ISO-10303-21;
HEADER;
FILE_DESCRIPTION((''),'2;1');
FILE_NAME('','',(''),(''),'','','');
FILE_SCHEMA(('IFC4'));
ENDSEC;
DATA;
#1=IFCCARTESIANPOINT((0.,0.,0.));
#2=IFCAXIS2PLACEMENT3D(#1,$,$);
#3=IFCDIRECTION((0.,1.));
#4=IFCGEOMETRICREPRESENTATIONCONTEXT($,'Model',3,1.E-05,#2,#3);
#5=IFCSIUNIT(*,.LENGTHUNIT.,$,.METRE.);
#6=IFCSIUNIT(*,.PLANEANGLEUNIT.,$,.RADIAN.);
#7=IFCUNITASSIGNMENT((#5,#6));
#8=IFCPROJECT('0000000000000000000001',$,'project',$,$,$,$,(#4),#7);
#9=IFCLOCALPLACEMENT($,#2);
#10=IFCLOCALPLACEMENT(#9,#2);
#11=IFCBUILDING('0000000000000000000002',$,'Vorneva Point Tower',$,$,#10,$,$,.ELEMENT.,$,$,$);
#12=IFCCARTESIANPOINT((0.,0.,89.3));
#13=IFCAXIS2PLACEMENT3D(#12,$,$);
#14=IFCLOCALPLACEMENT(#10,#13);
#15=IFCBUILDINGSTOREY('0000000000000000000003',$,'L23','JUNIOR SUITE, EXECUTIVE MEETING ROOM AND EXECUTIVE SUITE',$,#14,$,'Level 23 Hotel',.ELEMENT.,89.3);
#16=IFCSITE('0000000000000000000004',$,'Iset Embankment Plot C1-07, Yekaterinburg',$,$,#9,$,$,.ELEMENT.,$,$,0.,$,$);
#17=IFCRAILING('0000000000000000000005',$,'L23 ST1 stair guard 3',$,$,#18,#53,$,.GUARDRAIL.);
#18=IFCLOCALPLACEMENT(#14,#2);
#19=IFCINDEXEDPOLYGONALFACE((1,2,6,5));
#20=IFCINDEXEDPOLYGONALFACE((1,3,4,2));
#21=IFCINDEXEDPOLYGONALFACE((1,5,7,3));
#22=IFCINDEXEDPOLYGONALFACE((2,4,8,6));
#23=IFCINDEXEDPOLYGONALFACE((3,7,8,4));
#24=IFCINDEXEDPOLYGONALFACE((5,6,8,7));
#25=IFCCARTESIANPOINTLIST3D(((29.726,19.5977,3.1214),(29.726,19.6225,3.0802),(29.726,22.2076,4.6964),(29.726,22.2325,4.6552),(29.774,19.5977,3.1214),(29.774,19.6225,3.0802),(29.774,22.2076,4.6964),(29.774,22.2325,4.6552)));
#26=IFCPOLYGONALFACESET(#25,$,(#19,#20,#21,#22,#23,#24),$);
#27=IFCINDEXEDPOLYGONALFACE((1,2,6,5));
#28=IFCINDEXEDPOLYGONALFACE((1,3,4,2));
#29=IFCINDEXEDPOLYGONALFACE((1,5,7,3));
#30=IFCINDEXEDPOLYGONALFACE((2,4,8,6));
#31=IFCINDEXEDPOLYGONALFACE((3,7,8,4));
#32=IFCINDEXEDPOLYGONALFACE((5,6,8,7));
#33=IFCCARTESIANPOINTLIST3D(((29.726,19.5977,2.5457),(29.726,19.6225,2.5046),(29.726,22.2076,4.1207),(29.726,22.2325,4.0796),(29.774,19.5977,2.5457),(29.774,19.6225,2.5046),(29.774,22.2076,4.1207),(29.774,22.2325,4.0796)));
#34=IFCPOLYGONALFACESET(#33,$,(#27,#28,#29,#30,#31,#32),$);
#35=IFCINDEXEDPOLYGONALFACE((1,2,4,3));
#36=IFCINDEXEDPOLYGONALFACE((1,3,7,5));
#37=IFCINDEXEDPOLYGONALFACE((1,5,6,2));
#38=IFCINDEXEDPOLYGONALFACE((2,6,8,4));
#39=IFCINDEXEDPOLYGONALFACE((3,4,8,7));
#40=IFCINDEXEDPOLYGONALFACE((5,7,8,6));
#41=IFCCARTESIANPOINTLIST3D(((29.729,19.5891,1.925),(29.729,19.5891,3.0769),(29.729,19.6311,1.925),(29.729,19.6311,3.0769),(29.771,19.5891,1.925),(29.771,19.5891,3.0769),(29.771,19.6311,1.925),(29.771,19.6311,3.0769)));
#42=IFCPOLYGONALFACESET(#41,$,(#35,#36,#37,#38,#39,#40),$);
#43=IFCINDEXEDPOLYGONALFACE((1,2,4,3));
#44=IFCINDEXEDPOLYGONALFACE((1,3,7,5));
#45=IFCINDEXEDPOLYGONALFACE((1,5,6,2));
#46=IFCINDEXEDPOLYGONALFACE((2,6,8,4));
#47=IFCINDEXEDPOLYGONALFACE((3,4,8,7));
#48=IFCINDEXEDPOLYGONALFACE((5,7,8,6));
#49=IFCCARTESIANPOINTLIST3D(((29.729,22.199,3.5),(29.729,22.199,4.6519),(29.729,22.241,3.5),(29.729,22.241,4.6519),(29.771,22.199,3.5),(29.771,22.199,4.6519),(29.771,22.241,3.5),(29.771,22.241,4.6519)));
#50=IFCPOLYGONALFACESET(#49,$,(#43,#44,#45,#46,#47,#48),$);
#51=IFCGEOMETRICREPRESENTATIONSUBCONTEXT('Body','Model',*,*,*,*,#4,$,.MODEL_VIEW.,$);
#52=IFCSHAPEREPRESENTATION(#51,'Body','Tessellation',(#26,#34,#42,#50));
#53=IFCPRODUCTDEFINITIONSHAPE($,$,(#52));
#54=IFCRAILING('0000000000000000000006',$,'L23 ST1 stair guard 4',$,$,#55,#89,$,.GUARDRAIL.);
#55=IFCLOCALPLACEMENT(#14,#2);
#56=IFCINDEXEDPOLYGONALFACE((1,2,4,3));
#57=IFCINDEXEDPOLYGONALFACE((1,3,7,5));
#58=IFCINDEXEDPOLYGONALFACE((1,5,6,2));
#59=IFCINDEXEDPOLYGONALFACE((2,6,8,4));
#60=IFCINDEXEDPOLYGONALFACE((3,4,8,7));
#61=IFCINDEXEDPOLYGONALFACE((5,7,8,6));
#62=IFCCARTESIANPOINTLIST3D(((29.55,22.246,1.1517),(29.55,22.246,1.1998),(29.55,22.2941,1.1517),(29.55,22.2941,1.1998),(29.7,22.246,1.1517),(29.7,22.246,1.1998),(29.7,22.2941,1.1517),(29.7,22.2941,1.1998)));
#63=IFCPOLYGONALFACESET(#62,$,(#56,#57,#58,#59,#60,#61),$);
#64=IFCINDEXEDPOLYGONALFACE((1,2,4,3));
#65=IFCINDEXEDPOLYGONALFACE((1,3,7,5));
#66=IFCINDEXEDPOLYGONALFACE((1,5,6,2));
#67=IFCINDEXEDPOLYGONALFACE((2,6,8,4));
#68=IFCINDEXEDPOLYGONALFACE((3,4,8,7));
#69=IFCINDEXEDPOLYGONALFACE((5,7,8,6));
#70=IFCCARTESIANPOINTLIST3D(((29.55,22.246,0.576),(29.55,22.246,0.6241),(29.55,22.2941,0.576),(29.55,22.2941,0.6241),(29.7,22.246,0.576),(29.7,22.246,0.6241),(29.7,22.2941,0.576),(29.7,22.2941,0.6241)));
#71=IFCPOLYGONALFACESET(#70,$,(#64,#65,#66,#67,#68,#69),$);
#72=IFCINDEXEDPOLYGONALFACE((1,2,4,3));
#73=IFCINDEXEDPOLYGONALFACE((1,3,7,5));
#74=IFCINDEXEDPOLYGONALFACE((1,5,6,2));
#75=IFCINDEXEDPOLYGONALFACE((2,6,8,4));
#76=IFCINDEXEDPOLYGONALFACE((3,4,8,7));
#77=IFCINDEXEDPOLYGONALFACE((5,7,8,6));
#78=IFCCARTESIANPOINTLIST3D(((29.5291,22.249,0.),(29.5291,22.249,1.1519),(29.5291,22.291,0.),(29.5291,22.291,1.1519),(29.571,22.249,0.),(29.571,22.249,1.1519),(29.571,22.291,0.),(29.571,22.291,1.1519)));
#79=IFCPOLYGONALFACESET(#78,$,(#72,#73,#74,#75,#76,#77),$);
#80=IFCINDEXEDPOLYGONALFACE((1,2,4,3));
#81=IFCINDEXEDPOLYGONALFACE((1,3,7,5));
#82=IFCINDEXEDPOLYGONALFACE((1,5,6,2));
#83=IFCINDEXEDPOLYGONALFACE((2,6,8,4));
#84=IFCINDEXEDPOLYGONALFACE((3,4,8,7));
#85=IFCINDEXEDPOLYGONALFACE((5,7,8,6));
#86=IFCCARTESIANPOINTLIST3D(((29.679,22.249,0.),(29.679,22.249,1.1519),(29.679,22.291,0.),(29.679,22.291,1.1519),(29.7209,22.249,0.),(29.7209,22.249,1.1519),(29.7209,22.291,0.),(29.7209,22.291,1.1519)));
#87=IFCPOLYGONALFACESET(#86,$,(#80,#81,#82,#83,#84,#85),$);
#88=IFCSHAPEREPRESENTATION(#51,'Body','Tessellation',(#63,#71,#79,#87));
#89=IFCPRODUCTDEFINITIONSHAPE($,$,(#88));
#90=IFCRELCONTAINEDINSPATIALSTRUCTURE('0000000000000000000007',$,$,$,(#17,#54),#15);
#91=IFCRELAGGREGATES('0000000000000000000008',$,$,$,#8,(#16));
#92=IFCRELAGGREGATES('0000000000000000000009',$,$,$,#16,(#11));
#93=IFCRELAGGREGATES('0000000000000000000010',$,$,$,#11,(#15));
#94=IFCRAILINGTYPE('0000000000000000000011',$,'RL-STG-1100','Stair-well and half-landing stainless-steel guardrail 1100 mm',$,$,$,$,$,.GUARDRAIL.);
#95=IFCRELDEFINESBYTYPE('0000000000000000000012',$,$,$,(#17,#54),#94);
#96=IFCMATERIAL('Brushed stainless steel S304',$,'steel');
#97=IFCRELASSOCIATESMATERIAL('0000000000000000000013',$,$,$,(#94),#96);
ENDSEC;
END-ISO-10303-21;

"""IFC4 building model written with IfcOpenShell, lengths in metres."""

from ifc_helpers import new_model, si_unit, direction, frame, origin, origin_2d, place, context, subcontext, project, spatial, rectangle, extrude, material, type_object, element, save


model = new_model("IFC4")

# Units and contexts
model_context = context("Model", 3, precision=1e-05, world=origin(), true_north=direction((0.0, 1.0)))
body_context = subcontext(model_context, "Body", "Model", "MODEL_VIEW")
ifc_project = project(units=[si_unit("LENGTHUNIT", "METRE"), si_unit("PLANEANGLEUNIT", "RADIAN")], contexts=[model_context])

# Site, building, storey
site_placement = place(None, origin())
site = spatial("IfcSite", under=ifc_project, at=site_placement, Name="Iset Embankment Plot C1-07, Yekaterinburg", CompositionType="ELEMENT", RefElevation=0.0)
building_placement = place(site_placement, origin())
building = spatial("IfcBuilding", under=site, at=building_placement, Name="Vorneva Point Tower", CompositionType="ELEMENT")
storey_placement = place(building_placement, frame((0.0, 0.0, 89.3)))
storey = spatial("IfcBuildingStorey", under=building, at=storey_placement, Name="L23", Description="JUNIOR SUITE, EXECUTIVE MEETING ROOM AND EXECUTIVE SUITE", LongName="Level 23 Hotel", CompositionType="ELEMENT", Elevation=89.3)

# Railings
ifc_material_1 = material(Name="Brushed stainless steel S304", Category="steel")
railing_type_1 = type_object("IfcRailingType", Name="RL-STG-1100", Description="Stair-well and half-landing stainless-steel guardrail 1100 mm", PredefinedType="GUARDRAIL", material=ifc_material_1)
railing_1_placement = place(storey_placement, frame((29.75, 19.6101, 1.925)))
element("IfcRailing", 1, at=railing_1_placement, inside=storey, type_object=railing_type_1, Name="L23 ST1 stair guard 3", PredefinedType="GUARDRAIL", context=body_context, shape_type="SweptSolid", body=[
    extrude(rectangle(XDim=0.0481, YDim=0.0481, at=origin_2d()), frame((0.0, 0.0, 1.1758), z_axis=(0.0, 0.856183, 0.516673), x_axis=(-1.0, 0.0, 0.0)), (0.0, 0.0, 1.0), 3.0483),
    extrude(rectangle(XDim=0.0481, YDim=0.0481, at=origin_2d()), frame((0.0, 0.0, 0.6001), z_axis=(0.0, 0.856183, 0.516673), x_axis=(-1.0, 0.0, 0.0)), (0.0, 0.0, 1.0), 3.0483),
    extrude(rectangle(XDim=0.042, YDim=0.042, at=origin_2d()), origin(), (0.0, 0.0, 1.0), 1.1519),
    extrude(rectangle(XDim=0.042, YDim=0.042, at=origin_2d()), frame((0.0, 2.6099, 1.575)), (0.0, 0.0, 1.0), 1.1519),
])
railing_2_placement = place(storey_placement, frame((29.55, 22.27, 0.0)))
element("IfcRailing", 2, at=railing_2_placement, inside=storey, type_object=railing_type_1, Name="L23 ST1 stair guard 4", PredefinedType="GUARDRAIL", context=body_context, shape_type="SweptSolid", body=[
    extrude(rectangle(XDim=0.0481, YDim=0.0481, at=origin_2d()), frame((0.0, 0.0, 1.1758), z_axis=(1.0, 0.0, 0.0), x_axis=(0.0, 1.0, 0.0)), (0.0, 0.0, 1.0), 0.1499),
    extrude(rectangle(XDim=0.0481, YDim=0.0481, at=origin_2d()), frame((0.0, 0.0, 0.6001), z_axis=(1.0, 0.0, 0.0), x_axis=(0.0, 1.0, 0.0)), (0.0, 0.0, 1.0), 0.1499),
    extrude(rectangle(XDim=0.042, YDim=0.042, at=origin_2d()), origin(), (0.0, 0.0, 1.0), 1.1519),
    extrude(rectangle(XDim=0.042, YDim=0.042, at=origin_2d()), frame((0.1499, 0.0, 0.0)), (0.0, 0.0, 1.0), 1.1519),
])

save(model, "model.ifc")
